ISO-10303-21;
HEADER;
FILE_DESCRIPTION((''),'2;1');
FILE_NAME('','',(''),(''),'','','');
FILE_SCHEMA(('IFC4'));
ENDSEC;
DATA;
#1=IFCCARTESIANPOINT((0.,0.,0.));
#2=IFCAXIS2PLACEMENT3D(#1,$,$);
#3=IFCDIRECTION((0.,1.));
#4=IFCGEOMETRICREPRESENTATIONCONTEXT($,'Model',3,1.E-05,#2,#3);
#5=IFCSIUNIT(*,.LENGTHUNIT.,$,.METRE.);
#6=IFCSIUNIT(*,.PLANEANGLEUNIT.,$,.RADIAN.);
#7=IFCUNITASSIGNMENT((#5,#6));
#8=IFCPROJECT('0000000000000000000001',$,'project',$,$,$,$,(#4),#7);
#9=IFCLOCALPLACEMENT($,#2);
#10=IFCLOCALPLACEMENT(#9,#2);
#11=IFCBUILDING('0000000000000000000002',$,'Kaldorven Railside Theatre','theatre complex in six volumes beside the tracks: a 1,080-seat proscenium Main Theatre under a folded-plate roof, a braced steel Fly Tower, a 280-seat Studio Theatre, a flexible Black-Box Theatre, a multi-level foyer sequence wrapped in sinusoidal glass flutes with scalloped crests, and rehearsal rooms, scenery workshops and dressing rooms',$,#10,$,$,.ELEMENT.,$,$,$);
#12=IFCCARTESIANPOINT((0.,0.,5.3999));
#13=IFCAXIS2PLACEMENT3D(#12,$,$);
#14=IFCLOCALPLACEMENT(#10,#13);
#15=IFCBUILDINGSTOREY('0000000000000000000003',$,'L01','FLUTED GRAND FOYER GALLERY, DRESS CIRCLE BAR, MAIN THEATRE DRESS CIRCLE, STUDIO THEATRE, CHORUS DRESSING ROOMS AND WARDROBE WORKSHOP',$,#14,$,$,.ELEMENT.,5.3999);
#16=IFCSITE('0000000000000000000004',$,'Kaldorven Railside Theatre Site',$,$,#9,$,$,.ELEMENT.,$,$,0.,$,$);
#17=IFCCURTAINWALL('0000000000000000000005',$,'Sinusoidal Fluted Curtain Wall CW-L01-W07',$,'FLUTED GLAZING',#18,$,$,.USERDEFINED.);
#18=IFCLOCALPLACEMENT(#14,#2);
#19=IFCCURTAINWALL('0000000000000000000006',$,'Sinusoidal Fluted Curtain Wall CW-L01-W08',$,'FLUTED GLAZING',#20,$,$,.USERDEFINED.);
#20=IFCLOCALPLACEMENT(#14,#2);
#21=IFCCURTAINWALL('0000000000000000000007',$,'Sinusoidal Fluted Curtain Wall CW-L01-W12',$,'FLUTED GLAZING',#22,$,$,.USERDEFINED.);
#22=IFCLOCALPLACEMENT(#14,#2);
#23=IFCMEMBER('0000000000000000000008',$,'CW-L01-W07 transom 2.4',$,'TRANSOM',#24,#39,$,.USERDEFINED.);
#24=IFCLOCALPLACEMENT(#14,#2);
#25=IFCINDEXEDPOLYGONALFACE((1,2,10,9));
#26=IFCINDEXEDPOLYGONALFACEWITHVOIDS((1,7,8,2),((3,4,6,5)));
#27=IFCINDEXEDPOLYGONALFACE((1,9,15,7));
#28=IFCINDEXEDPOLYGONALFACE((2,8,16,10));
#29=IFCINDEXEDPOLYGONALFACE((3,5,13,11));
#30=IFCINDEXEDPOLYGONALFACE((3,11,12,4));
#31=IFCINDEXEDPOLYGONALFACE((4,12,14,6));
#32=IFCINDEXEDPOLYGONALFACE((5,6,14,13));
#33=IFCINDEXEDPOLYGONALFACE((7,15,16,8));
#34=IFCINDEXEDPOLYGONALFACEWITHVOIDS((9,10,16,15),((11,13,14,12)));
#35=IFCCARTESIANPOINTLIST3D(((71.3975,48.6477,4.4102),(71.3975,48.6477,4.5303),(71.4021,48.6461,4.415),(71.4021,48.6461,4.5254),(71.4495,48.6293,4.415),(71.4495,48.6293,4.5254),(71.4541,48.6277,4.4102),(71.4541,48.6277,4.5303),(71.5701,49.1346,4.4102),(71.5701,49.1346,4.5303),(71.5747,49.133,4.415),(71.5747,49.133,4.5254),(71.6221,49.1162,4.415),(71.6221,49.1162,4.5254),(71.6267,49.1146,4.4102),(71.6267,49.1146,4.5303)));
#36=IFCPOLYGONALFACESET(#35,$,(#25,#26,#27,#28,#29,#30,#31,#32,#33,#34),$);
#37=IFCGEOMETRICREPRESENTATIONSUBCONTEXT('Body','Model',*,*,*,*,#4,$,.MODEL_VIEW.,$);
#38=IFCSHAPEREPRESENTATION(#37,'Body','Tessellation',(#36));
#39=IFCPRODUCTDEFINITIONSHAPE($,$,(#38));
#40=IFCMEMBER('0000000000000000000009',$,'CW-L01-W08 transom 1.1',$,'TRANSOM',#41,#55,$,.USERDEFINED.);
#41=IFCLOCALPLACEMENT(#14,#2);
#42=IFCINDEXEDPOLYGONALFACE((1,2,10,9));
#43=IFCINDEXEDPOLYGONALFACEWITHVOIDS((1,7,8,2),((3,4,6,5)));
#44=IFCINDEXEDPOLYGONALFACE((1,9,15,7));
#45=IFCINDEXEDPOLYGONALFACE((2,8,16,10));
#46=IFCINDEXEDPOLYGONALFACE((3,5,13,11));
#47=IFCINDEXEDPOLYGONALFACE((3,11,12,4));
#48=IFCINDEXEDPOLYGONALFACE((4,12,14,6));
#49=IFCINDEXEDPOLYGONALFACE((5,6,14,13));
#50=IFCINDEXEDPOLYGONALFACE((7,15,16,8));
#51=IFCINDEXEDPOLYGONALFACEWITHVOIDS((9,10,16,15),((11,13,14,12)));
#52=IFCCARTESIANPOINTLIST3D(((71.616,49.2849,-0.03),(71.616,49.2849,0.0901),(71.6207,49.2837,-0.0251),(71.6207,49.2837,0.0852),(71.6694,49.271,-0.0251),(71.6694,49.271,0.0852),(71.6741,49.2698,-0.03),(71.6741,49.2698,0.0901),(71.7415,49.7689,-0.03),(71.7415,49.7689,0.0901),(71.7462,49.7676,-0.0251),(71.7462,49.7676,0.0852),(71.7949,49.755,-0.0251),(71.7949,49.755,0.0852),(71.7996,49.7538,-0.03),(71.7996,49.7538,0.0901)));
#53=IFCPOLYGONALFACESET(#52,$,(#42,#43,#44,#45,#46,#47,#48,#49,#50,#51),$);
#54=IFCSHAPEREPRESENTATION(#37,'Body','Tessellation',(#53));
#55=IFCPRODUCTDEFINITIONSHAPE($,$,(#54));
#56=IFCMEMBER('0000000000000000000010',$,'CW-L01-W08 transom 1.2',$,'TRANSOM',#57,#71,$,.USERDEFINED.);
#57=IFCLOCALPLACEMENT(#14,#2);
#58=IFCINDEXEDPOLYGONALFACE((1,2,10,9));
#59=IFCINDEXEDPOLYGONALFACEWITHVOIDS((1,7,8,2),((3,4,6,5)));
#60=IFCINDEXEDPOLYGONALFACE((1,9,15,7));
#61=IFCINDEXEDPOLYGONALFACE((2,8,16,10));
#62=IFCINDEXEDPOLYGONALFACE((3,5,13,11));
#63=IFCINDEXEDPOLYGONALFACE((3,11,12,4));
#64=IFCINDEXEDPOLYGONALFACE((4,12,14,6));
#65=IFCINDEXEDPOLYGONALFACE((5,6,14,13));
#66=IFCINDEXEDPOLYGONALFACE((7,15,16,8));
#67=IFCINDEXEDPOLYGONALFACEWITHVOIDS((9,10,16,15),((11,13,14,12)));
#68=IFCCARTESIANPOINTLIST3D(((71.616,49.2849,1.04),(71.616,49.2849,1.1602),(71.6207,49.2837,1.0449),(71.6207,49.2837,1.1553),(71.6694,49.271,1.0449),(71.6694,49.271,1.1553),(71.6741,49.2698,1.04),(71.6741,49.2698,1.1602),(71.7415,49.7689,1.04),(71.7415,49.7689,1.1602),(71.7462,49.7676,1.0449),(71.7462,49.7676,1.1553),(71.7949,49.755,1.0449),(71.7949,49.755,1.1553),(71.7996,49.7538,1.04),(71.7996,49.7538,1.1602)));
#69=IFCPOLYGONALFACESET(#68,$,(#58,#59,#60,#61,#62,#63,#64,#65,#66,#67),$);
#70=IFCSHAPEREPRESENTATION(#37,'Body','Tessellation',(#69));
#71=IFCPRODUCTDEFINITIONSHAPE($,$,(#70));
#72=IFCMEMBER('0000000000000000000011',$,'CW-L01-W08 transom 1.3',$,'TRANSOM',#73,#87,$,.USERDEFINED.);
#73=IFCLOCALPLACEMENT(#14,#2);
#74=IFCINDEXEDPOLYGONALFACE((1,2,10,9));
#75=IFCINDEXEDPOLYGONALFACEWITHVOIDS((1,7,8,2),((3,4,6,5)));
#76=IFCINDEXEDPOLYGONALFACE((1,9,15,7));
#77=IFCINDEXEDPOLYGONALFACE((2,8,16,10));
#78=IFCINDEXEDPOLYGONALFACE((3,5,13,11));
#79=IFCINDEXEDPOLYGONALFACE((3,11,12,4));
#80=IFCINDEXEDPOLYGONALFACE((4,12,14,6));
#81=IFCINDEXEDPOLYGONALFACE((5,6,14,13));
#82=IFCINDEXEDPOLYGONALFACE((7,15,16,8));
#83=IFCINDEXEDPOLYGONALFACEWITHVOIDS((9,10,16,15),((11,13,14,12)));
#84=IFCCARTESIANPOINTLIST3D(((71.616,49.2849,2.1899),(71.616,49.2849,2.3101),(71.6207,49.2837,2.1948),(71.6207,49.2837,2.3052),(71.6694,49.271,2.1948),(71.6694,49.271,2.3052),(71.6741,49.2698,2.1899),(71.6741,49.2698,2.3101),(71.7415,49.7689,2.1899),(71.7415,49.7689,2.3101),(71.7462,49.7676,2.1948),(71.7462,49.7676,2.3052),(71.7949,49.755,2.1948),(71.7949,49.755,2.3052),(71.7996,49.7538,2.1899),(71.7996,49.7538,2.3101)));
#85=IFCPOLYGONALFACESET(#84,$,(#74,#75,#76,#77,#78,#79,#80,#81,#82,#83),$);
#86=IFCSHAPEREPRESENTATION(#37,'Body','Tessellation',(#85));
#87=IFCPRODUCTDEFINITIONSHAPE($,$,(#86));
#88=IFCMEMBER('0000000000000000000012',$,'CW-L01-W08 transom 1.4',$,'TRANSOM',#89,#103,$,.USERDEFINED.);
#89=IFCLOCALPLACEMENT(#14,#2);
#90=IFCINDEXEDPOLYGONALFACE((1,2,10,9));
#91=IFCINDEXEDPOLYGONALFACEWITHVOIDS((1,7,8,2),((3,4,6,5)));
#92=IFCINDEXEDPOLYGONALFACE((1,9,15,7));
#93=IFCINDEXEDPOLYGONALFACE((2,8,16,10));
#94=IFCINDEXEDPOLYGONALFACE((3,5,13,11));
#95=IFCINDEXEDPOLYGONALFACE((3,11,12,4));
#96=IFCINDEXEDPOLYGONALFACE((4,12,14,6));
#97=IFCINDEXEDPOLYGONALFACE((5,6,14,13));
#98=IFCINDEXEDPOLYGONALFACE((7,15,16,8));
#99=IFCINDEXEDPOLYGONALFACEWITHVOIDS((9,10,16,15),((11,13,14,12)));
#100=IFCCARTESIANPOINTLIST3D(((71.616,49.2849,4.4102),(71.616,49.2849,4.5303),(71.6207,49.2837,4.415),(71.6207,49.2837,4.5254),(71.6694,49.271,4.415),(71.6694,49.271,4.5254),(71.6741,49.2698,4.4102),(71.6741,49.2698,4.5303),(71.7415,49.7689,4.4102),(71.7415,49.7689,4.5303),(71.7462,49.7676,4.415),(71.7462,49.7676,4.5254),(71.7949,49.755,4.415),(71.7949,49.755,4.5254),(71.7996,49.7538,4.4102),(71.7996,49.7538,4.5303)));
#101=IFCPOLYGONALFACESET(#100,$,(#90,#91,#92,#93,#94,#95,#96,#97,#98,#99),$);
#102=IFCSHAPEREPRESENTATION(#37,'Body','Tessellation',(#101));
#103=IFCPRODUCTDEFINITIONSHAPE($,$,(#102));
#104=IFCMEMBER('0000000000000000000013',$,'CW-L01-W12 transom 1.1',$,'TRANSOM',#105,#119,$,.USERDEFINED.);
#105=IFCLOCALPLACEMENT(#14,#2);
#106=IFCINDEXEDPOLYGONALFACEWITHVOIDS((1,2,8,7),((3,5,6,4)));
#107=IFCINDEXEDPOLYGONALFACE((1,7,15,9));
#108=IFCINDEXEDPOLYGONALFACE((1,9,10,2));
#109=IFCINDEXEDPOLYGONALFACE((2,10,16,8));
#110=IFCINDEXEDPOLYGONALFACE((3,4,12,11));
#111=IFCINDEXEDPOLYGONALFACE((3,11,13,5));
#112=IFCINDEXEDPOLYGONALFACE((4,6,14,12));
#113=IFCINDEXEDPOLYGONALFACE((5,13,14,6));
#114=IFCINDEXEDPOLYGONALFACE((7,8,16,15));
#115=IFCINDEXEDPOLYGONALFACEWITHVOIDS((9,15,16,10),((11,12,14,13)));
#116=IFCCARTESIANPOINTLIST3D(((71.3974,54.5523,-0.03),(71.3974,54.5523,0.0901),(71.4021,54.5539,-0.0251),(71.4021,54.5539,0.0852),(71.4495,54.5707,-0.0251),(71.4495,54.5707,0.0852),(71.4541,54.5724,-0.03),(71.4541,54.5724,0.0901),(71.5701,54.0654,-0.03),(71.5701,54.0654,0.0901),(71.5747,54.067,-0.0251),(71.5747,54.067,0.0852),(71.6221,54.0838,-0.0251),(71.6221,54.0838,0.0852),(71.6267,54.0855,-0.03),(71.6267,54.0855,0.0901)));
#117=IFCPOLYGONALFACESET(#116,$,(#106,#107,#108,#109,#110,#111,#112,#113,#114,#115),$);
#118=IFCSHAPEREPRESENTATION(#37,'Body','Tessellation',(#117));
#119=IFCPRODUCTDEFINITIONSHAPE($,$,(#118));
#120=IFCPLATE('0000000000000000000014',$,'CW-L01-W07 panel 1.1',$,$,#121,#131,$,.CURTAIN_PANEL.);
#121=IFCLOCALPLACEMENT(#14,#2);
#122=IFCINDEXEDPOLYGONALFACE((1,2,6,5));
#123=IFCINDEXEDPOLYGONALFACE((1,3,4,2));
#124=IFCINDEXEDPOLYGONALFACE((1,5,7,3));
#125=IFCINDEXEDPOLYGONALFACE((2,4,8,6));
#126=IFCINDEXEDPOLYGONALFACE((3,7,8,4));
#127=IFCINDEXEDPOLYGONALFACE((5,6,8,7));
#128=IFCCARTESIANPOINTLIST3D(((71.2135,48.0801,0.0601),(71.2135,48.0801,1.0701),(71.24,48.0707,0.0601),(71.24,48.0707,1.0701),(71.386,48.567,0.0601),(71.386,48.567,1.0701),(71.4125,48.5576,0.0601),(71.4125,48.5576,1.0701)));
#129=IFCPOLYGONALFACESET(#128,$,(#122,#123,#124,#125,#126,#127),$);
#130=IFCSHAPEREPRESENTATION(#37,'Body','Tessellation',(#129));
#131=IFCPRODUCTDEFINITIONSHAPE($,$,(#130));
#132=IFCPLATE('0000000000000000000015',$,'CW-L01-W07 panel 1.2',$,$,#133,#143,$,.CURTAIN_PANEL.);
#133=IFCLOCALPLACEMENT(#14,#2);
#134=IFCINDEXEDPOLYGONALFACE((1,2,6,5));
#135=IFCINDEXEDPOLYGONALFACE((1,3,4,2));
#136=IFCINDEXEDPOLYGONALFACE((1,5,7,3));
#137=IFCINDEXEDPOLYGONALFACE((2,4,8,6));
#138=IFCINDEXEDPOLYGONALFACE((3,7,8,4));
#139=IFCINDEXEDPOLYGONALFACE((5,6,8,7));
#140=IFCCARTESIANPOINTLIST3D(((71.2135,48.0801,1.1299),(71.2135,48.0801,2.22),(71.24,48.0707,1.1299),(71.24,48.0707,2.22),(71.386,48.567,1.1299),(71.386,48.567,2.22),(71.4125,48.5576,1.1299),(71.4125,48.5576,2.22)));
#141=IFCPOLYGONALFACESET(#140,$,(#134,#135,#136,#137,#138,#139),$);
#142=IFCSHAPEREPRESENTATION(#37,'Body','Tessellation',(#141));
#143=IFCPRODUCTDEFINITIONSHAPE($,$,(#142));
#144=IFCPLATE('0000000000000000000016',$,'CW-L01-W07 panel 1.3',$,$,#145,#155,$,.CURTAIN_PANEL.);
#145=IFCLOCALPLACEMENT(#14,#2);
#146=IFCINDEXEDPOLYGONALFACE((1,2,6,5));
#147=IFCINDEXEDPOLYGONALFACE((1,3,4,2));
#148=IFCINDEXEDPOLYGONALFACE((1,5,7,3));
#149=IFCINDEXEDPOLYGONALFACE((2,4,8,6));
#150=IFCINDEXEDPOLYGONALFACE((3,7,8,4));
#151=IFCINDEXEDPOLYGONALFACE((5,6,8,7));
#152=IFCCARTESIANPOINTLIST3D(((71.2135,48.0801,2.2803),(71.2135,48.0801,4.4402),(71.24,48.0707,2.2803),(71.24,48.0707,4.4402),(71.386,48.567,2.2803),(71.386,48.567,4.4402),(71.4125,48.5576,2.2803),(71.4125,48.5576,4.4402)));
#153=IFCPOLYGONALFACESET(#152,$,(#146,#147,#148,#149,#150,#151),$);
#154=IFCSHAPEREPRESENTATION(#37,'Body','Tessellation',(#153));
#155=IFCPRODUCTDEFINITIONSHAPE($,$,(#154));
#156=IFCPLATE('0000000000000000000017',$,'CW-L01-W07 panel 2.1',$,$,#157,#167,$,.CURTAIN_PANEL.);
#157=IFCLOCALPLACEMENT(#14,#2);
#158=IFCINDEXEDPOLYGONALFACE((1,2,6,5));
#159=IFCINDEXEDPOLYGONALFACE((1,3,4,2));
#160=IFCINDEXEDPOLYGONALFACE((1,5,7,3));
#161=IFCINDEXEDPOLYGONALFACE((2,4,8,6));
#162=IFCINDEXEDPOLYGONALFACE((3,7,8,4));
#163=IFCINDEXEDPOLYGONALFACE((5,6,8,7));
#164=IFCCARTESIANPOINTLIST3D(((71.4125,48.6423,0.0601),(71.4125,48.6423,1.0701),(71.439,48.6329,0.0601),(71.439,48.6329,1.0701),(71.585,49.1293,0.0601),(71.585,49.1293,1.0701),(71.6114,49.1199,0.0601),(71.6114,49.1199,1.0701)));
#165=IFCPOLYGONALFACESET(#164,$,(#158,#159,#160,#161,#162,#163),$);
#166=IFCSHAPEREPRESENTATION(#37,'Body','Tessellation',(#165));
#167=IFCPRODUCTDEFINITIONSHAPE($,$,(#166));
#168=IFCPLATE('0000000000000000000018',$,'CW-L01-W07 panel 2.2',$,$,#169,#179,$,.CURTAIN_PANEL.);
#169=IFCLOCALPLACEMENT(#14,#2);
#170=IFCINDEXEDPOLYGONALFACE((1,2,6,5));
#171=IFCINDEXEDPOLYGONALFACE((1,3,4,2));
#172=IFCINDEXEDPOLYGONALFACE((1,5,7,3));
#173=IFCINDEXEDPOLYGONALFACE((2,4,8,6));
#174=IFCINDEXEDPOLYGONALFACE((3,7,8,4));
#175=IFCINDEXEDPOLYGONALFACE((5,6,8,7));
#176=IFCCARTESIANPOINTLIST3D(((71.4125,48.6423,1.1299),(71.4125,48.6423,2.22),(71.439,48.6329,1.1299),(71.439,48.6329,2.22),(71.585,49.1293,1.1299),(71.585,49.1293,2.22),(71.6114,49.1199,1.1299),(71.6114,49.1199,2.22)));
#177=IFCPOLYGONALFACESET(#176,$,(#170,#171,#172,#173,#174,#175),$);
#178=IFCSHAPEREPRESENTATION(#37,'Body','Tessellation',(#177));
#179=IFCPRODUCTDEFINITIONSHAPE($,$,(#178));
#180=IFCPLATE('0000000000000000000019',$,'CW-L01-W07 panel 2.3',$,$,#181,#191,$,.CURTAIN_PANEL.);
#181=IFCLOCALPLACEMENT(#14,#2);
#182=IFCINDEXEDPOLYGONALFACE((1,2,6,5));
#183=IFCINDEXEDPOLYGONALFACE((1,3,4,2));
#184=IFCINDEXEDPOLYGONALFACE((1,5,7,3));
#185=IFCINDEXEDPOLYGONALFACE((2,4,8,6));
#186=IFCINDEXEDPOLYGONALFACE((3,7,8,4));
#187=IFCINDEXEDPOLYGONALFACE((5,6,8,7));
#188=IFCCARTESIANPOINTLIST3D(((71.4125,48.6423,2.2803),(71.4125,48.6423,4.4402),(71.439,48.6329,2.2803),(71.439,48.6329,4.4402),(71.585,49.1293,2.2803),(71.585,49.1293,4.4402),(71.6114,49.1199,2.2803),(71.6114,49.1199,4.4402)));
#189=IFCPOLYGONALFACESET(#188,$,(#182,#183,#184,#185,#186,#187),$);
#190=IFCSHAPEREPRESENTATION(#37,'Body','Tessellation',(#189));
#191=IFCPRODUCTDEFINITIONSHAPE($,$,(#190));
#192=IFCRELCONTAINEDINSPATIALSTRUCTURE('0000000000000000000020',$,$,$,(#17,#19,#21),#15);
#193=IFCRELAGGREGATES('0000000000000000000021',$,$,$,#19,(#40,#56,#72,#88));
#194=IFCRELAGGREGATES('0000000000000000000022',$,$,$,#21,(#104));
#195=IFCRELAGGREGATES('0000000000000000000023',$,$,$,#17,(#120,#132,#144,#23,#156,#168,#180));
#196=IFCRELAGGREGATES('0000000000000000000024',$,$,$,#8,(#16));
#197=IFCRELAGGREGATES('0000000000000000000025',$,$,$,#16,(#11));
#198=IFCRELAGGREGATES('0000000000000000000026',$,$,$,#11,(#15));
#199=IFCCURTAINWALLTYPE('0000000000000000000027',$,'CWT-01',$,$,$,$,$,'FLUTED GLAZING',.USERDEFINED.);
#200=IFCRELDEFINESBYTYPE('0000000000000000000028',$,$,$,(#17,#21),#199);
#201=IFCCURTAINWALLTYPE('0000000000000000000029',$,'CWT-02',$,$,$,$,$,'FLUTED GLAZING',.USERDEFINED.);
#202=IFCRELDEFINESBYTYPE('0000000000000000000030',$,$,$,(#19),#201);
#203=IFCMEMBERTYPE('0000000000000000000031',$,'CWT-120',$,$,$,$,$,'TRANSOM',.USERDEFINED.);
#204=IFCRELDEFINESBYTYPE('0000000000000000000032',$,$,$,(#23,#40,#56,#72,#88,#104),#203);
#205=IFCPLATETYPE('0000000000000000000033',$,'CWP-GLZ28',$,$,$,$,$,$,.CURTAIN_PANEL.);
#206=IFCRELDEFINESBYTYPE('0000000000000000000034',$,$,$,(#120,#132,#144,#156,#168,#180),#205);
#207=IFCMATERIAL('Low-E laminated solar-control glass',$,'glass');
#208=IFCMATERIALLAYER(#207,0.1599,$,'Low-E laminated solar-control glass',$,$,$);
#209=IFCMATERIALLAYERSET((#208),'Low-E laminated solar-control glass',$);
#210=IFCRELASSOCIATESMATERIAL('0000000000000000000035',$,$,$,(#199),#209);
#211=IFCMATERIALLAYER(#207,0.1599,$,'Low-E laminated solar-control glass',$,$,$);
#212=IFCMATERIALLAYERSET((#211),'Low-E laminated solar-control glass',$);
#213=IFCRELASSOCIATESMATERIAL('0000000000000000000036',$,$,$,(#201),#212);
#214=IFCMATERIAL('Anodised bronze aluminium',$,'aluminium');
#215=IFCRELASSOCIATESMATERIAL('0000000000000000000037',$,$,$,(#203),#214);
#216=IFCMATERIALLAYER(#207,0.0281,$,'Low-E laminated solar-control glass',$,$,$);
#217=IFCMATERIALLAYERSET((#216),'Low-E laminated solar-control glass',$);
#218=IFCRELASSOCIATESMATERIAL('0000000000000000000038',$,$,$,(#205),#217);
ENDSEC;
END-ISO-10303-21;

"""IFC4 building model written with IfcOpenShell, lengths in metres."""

from ifc_helpers import new_model, si_unit, direction, frame, origin, origin_2d, place, context, subcontext, project, spatial, rectangle, hollow_rectangle, extrude, material, layer, layer_set, material_profile, profile_set, type_object, element, aggregate, save


model = new_model("IFC4")

# Units and contexts
model_context = context("Model", 3, precision=1e-05, world=origin(), true_north=direction((0.0, 1.0)))
body_context = subcontext(model_context, "Body", "Model", "MODEL_VIEW")
ifc_project = project(units=[si_unit("LENGTHUNIT", "METRE"), si_unit("PLANEANGLEUNIT", "RADIAN")], contexts=[model_context])

# Site, building, storey
site_placement = place(None, origin())
site = spatial("IfcSite", under=ifc_project, at=site_placement, Name="Kaldorven Railside Theatre Site", CompositionType="ELEMENT", RefElevation=0.0)
building_placement = place(site_placement, origin())
building = spatial("IfcBuilding", under=site, at=building_placement, Name="Kaldorven Railside Theatre", Description="theatre complex in six volumes beside the tracks: a 1,080-seat proscenium Main Theatre under a folded-plate roof, a braced steel Fly Tower, a 280-seat Studio Theatre, a flexible Black-Box Theatre, a multi-level foyer sequence wrapped in sinusoidal glass flutes with scalloped crests, and rehearsal rooms, scenery workshops and dressing rooms", CompositionType="ELEMENT")
storey_placement = place(building_placement, frame((0.0, 0.0, 5.3999)))
storey = spatial("IfcBuildingStorey", under=building, at=storey_placement, Name="L01", Description="FLUTED GRAND FOYER GALLERY, DRESS CIRCLE BAR, MAIN THEATRE DRESS CIRCLE, STUDIO THEATRE, CHORUS DRESSING ROOMS AND WARDROBE WORKSHOP", CompositionType="ELEMENT", Elevation=5.3999)

# Curtain wall
ifc_material_1 = material(Name="Low-E laminated solar-control glass", Category="glass")
ifc_layer_1 = layer(ifc_material_1, 0.1599, Name="Low-E laminated solar-control glass")
ifc_layer_set_1 = layer_set([ifc_layer_1], Name="Low-E laminated solar-control glass")
curtain_wall_type_1 = type_object("IfcCurtainWallType", Name="CWT-01", ElementType="FLUTED GLAZING", PredefinedType="USERDEFINED", material=ifc_layer_set_1)
curtain_wall_1_placement = place(storey_placement, origin())
curtain_wall_1 = element("IfcCurtainWall", 1, at=curtain_wall_1_placement, inside=storey, type_object=curtain_wall_type_1, Name="Sinusoidal Fluted Curtain Wall CW-L01-W07", ObjectType="FLUTED GLAZING", PredefinedType="USERDEFINED")
ifc_material_2 = material(Name="Anodised bronze aluminium", Category="aluminium")

# Curtain walls
ifc_layer_2 = layer(ifc_material_1, 0.1599, Name="Low-E laminated solar-control glass")
ifc_layer_set_2 = layer_set([ifc_layer_2], Name="Low-E laminated solar-control glass")
curtain_wall_type_2 = type_object("IfcCurtainWallType", Name="CWT-02", ElementType="FLUTED GLAZING", PredefinedType="USERDEFINED", material=ifc_layer_set_2)
curtain_wall_2_placement = place(storey_placement, origin())
curtain_wall_2 = element("IfcCurtainWall", 2, at=curtain_wall_2_placement, inside=storey, type_object=curtain_wall_type_2, Name="Sinusoidal Fluted Curtain Wall CW-L01-W08", ObjectType="FLUTED GLAZING", PredefinedType="USERDEFINED")
curtain_wall_3_placement = place(storey_placement, origin())
curtain_wall_3 = element("IfcCurtainWall", 3, at=curtain_wall_3_placement, inside=storey, type_object=curtain_wall_type_1, Name="Sinusoidal Fluted Curtain Wall CW-L01-W12", ObjectType="FLUTED GLAZING", PredefinedType="USERDEFINED")

# Members
ifc_material_profile_1 = material_profile(ifc_material_2, hollow_rectangle(XDim=0.0601, YDim=0.1201, WallThickness=0.0049, at=origin_2d()), Name="RHS 120x60x5")
ifc_profile_set_1 = profile_set([ifc_material_profile_1], Name="Anodised bronze aluminium")
member_type_1 = type_object("IfcMemberType", Name="CWT-120", ElementType="TRANSOM", PredefinedType="USERDEFINED", material=ifc_profile_set_1)
member_1_placement = place(storey_placement, frame((71.4258, 48.6377, 4.4702), z_axis=(0.33418, 0.942509, 0.0), x_axis=(-0.942509, 0.33418, 0.0)))
member_1 = element("IfcMember", 4, at=member_1_placement, type_object=member_type_1, Name="CW-L01-W07 transom 2.4", ObjectType="TRANSOM", PredefinedType="USERDEFINED", context=body_context, shape_type="SweptSolid", body=[
    extrude(hollow_rectangle(XDim=0.0601, YDim=0.1201, WallThickness=0.0049, at=origin_2d()), origin(), (0.0, 0.0, 1.0), 0.5166),
])
member_2_placement = place(storey_placement, frame((71.645, 49.2773, 0.03), z_axis=(0.25103, 0.967979, 0.0), x_axis=(-0.967979, 0.25103, 0.0)))
member_2 = element("IfcMember", 5, at=member_2_placement, type_object=member_type_1, Name="CW-L01-W08 transom 1.1", ObjectType="TRANSOM", PredefinedType="USERDEFINED", context=body_context, shape_type="SweptSolid", body=[
    extrude(hollow_rectangle(XDim=0.0601, YDim=0.1201, WallThickness=0.0049, at=origin_2d()), origin(), (0.0, 0.0, 1.0), 0.5),
])
member_3_placement = place(storey_placement, frame((71.645, 49.2773, 1.1001), z_axis=(0.25103, 0.967979, 0.0), x_axis=(-0.967979, 0.25103, 0.0)))
member_3 = element("IfcMember", 6, at=member_3_placement, type_object=member_type_1, Name="CW-L01-W08 transom 1.2", ObjectType="TRANSOM", PredefinedType="USERDEFINED", context=body_context, shape_type="SweptSolid", body=[
    extrude(hollow_rectangle(XDim=0.0601, YDim=0.1201, WallThickness=0.0049, at=origin_2d()), origin(), (0.0, 0.0, 1.0), 0.5),
])
member_4_placement = place(storey_placement, frame((71.645, 49.2773, 2.25), z_axis=(0.25103, 0.967979, 0.0), x_axis=(-0.967979, 0.25103, 0.0)))
member_4 = element("IfcMember", 7, at=member_4_placement, type_object=member_type_1, Name="CW-L01-W08 transom 1.3", ObjectType="TRANSOM", PredefinedType="USERDEFINED", context=body_context, shape_type="SweptSolid", body=[
    extrude(hollow_rectangle(XDim=0.0601, YDim=0.1201, WallThickness=0.0049, at=origin_2d()), origin(), (0.0, 0.0, 1.0), 0.5),
])
member_5_placement = place(storey_placement, frame((71.645, 49.2773, 4.4702), z_axis=(0.25103, 0.967979, 0.0), x_axis=(-0.967979, 0.25103, 0.0)))
member_5 = element("IfcMember", 8, at=member_5_placement, type_object=member_type_1, Name="CW-L01-W08 transom 1.4", ObjectType="TRANSOM", PredefinedType="USERDEFINED", context=body_context, shape_type="SweptSolid", body=[
    extrude(hollow_rectangle(XDim=0.0601, YDim=0.1201, WallThickness=0.0049, at=origin_2d()), origin(), (0.0, 0.0, 1.0), 0.5),
])
aggregate(curtain_wall_2, [member_2, member_3, member_4, member_5])
member_6_placement = place(storey_placement, frame((71.5984, 54.0754, 0.03), z_axis=(-0.33418, 0.942509, 0.0), x_axis=(-0.942509, -0.33418, 0.0)))
member_6 = element("IfcMember", 9, at=member_6_placement, type_object=member_type_1, Name="CW-L01-W12 transom 1.1", ObjectType="TRANSOM", PredefinedType="USERDEFINED", context=body_context, shape_type="SweptSolid", body=[
    extrude(hollow_rectangle(XDim=0.0601, YDim=0.1201, WallThickness=0.0049, at=origin_2d()), origin(), (0.0, 0.0, 1.0), 0.5166),
])
aggregate(curtain_wall_3, [member_6])

# Plates
ifc_layer_3 = layer(ifc_material_1, 0.0281, Name="Low-E laminated solar-control glass")
ifc_layer_set_3 = layer_set([ifc_layer_3], Name="Low-E laminated solar-control glass")
plate_type = type_object("IfcPlateType", Name="CWP-GLZ28", PredefinedType="CURTAIN_PANEL", material=ifc_layer_set_3)
plate_1_placement = place(storey_placement, frame((71.313, 48.3188, 0.0601), z_axis=(0.0, 0.0, 1.0), x_axis=(0.333847, 0.942627, 0.0)))
plate_1 = element("IfcPlate", 10, at=plate_1_placement, type_object=plate_type, Name="CW-L01-W07 panel 1.1", PredefinedType="CURTAIN_PANEL", context=body_context, shape_type="SweptSolid", body=[
    extrude(rectangle(XDim=0.5166, YDim=0.0281, at=origin_2d()), origin(), (0.0, 0.0, 1.0), 1.01),
])
plate_2_placement = place(storey_placement, frame((71.313, 48.3188, 1.1299), z_axis=(0.0, 0.0, 1.0), x_axis=(0.333847, 0.942627, 0.0)))
plate_2 = element("IfcPlate", 11, at=plate_2_placement, type_object=plate_type, Name="CW-L01-W07 panel 1.2", PredefinedType="CURTAIN_PANEL", context=body_context, shape_type="SweptSolid", body=[
    extrude(rectangle(XDim=0.5166, YDim=0.0281, at=origin_2d()), origin(), (0.0, 0.0, 1.0), 1.0901),
])
plate_3_placement = place(storey_placement, frame((71.313, 48.3188, 2.2803), z_axis=(0.0, 0.0, 1.0), x_axis=(0.333847, 0.942627, 0.0)))
plate_3 = element("IfcPlate", 12, at=plate_3_placement, type_object=plate_type, Name="CW-L01-W07 panel 1.3", PredefinedType="CURTAIN_PANEL", context=body_context, shape_type="SweptSolid", body=[
    extrude(rectangle(XDim=0.5166, YDim=0.0281, at=origin_2d()), origin(), (0.0, 0.0, 1.0), 2.1599),
])
plate_4_placement = place(storey_placement, frame((71.512, 48.8811, 0.0601), z_axis=(0.0, 0.0, 1.0), x_axis=(0.333847, 0.942627, 0.0)))
plate_4 = element("IfcPlate", 13, at=plate_4_placement, type_object=plate_type, Name="CW-L01-W07 panel 2.1", PredefinedType="CURTAIN_PANEL", context=body_context, shape_type="SweptSolid", body=[
    extrude(rectangle(XDim=0.5166, YDim=0.0281, at=origin_2d()), origin(), (0.0, 0.0, 1.0), 1.01),
])
plate_5_placement = place(storey_placement, frame((71.512, 48.8811, 1.1299), z_axis=(0.0, 0.0, 1.0), x_axis=(0.333847, 0.942627, 0.0)))
plate_5 = element("IfcPlate", 14, at=plate_5_placement, type_object=plate_type, Name="CW-L01-W07 panel 2.2", PredefinedType="CURTAIN_PANEL", context=body_context, shape_type="SweptSolid", body=[
    extrude(rectangle(XDim=0.5166, YDim=0.0281, at=origin_2d()), origin(), (0.0, 0.0, 1.0), 1.0901),
])
plate_6_placement = place(storey_placement, frame((71.512, 48.8811, 2.2803), z_axis=(0.0, 0.0, 1.0), x_axis=(0.333847, 0.942627, 0.0)))
plate_6 = element("IfcPlate", 15, at=plate_6_placement, type_object=plate_type, Name="CW-L01-W07 panel 2.3", PredefinedType="CURTAIN_PANEL", context=body_context, shape_type="SweptSolid", body=[
    extrude(rectangle(XDim=0.5166, YDim=0.0281, at=origin_2d()), origin(), (0.0, 0.0, 1.0), 2.1599),
])
aggregate(curtain_wall_1, [plate_1, plate_2, plate_3, member_1, plate_4, plate_5, plate_6])

save(model, "model.ifc")
